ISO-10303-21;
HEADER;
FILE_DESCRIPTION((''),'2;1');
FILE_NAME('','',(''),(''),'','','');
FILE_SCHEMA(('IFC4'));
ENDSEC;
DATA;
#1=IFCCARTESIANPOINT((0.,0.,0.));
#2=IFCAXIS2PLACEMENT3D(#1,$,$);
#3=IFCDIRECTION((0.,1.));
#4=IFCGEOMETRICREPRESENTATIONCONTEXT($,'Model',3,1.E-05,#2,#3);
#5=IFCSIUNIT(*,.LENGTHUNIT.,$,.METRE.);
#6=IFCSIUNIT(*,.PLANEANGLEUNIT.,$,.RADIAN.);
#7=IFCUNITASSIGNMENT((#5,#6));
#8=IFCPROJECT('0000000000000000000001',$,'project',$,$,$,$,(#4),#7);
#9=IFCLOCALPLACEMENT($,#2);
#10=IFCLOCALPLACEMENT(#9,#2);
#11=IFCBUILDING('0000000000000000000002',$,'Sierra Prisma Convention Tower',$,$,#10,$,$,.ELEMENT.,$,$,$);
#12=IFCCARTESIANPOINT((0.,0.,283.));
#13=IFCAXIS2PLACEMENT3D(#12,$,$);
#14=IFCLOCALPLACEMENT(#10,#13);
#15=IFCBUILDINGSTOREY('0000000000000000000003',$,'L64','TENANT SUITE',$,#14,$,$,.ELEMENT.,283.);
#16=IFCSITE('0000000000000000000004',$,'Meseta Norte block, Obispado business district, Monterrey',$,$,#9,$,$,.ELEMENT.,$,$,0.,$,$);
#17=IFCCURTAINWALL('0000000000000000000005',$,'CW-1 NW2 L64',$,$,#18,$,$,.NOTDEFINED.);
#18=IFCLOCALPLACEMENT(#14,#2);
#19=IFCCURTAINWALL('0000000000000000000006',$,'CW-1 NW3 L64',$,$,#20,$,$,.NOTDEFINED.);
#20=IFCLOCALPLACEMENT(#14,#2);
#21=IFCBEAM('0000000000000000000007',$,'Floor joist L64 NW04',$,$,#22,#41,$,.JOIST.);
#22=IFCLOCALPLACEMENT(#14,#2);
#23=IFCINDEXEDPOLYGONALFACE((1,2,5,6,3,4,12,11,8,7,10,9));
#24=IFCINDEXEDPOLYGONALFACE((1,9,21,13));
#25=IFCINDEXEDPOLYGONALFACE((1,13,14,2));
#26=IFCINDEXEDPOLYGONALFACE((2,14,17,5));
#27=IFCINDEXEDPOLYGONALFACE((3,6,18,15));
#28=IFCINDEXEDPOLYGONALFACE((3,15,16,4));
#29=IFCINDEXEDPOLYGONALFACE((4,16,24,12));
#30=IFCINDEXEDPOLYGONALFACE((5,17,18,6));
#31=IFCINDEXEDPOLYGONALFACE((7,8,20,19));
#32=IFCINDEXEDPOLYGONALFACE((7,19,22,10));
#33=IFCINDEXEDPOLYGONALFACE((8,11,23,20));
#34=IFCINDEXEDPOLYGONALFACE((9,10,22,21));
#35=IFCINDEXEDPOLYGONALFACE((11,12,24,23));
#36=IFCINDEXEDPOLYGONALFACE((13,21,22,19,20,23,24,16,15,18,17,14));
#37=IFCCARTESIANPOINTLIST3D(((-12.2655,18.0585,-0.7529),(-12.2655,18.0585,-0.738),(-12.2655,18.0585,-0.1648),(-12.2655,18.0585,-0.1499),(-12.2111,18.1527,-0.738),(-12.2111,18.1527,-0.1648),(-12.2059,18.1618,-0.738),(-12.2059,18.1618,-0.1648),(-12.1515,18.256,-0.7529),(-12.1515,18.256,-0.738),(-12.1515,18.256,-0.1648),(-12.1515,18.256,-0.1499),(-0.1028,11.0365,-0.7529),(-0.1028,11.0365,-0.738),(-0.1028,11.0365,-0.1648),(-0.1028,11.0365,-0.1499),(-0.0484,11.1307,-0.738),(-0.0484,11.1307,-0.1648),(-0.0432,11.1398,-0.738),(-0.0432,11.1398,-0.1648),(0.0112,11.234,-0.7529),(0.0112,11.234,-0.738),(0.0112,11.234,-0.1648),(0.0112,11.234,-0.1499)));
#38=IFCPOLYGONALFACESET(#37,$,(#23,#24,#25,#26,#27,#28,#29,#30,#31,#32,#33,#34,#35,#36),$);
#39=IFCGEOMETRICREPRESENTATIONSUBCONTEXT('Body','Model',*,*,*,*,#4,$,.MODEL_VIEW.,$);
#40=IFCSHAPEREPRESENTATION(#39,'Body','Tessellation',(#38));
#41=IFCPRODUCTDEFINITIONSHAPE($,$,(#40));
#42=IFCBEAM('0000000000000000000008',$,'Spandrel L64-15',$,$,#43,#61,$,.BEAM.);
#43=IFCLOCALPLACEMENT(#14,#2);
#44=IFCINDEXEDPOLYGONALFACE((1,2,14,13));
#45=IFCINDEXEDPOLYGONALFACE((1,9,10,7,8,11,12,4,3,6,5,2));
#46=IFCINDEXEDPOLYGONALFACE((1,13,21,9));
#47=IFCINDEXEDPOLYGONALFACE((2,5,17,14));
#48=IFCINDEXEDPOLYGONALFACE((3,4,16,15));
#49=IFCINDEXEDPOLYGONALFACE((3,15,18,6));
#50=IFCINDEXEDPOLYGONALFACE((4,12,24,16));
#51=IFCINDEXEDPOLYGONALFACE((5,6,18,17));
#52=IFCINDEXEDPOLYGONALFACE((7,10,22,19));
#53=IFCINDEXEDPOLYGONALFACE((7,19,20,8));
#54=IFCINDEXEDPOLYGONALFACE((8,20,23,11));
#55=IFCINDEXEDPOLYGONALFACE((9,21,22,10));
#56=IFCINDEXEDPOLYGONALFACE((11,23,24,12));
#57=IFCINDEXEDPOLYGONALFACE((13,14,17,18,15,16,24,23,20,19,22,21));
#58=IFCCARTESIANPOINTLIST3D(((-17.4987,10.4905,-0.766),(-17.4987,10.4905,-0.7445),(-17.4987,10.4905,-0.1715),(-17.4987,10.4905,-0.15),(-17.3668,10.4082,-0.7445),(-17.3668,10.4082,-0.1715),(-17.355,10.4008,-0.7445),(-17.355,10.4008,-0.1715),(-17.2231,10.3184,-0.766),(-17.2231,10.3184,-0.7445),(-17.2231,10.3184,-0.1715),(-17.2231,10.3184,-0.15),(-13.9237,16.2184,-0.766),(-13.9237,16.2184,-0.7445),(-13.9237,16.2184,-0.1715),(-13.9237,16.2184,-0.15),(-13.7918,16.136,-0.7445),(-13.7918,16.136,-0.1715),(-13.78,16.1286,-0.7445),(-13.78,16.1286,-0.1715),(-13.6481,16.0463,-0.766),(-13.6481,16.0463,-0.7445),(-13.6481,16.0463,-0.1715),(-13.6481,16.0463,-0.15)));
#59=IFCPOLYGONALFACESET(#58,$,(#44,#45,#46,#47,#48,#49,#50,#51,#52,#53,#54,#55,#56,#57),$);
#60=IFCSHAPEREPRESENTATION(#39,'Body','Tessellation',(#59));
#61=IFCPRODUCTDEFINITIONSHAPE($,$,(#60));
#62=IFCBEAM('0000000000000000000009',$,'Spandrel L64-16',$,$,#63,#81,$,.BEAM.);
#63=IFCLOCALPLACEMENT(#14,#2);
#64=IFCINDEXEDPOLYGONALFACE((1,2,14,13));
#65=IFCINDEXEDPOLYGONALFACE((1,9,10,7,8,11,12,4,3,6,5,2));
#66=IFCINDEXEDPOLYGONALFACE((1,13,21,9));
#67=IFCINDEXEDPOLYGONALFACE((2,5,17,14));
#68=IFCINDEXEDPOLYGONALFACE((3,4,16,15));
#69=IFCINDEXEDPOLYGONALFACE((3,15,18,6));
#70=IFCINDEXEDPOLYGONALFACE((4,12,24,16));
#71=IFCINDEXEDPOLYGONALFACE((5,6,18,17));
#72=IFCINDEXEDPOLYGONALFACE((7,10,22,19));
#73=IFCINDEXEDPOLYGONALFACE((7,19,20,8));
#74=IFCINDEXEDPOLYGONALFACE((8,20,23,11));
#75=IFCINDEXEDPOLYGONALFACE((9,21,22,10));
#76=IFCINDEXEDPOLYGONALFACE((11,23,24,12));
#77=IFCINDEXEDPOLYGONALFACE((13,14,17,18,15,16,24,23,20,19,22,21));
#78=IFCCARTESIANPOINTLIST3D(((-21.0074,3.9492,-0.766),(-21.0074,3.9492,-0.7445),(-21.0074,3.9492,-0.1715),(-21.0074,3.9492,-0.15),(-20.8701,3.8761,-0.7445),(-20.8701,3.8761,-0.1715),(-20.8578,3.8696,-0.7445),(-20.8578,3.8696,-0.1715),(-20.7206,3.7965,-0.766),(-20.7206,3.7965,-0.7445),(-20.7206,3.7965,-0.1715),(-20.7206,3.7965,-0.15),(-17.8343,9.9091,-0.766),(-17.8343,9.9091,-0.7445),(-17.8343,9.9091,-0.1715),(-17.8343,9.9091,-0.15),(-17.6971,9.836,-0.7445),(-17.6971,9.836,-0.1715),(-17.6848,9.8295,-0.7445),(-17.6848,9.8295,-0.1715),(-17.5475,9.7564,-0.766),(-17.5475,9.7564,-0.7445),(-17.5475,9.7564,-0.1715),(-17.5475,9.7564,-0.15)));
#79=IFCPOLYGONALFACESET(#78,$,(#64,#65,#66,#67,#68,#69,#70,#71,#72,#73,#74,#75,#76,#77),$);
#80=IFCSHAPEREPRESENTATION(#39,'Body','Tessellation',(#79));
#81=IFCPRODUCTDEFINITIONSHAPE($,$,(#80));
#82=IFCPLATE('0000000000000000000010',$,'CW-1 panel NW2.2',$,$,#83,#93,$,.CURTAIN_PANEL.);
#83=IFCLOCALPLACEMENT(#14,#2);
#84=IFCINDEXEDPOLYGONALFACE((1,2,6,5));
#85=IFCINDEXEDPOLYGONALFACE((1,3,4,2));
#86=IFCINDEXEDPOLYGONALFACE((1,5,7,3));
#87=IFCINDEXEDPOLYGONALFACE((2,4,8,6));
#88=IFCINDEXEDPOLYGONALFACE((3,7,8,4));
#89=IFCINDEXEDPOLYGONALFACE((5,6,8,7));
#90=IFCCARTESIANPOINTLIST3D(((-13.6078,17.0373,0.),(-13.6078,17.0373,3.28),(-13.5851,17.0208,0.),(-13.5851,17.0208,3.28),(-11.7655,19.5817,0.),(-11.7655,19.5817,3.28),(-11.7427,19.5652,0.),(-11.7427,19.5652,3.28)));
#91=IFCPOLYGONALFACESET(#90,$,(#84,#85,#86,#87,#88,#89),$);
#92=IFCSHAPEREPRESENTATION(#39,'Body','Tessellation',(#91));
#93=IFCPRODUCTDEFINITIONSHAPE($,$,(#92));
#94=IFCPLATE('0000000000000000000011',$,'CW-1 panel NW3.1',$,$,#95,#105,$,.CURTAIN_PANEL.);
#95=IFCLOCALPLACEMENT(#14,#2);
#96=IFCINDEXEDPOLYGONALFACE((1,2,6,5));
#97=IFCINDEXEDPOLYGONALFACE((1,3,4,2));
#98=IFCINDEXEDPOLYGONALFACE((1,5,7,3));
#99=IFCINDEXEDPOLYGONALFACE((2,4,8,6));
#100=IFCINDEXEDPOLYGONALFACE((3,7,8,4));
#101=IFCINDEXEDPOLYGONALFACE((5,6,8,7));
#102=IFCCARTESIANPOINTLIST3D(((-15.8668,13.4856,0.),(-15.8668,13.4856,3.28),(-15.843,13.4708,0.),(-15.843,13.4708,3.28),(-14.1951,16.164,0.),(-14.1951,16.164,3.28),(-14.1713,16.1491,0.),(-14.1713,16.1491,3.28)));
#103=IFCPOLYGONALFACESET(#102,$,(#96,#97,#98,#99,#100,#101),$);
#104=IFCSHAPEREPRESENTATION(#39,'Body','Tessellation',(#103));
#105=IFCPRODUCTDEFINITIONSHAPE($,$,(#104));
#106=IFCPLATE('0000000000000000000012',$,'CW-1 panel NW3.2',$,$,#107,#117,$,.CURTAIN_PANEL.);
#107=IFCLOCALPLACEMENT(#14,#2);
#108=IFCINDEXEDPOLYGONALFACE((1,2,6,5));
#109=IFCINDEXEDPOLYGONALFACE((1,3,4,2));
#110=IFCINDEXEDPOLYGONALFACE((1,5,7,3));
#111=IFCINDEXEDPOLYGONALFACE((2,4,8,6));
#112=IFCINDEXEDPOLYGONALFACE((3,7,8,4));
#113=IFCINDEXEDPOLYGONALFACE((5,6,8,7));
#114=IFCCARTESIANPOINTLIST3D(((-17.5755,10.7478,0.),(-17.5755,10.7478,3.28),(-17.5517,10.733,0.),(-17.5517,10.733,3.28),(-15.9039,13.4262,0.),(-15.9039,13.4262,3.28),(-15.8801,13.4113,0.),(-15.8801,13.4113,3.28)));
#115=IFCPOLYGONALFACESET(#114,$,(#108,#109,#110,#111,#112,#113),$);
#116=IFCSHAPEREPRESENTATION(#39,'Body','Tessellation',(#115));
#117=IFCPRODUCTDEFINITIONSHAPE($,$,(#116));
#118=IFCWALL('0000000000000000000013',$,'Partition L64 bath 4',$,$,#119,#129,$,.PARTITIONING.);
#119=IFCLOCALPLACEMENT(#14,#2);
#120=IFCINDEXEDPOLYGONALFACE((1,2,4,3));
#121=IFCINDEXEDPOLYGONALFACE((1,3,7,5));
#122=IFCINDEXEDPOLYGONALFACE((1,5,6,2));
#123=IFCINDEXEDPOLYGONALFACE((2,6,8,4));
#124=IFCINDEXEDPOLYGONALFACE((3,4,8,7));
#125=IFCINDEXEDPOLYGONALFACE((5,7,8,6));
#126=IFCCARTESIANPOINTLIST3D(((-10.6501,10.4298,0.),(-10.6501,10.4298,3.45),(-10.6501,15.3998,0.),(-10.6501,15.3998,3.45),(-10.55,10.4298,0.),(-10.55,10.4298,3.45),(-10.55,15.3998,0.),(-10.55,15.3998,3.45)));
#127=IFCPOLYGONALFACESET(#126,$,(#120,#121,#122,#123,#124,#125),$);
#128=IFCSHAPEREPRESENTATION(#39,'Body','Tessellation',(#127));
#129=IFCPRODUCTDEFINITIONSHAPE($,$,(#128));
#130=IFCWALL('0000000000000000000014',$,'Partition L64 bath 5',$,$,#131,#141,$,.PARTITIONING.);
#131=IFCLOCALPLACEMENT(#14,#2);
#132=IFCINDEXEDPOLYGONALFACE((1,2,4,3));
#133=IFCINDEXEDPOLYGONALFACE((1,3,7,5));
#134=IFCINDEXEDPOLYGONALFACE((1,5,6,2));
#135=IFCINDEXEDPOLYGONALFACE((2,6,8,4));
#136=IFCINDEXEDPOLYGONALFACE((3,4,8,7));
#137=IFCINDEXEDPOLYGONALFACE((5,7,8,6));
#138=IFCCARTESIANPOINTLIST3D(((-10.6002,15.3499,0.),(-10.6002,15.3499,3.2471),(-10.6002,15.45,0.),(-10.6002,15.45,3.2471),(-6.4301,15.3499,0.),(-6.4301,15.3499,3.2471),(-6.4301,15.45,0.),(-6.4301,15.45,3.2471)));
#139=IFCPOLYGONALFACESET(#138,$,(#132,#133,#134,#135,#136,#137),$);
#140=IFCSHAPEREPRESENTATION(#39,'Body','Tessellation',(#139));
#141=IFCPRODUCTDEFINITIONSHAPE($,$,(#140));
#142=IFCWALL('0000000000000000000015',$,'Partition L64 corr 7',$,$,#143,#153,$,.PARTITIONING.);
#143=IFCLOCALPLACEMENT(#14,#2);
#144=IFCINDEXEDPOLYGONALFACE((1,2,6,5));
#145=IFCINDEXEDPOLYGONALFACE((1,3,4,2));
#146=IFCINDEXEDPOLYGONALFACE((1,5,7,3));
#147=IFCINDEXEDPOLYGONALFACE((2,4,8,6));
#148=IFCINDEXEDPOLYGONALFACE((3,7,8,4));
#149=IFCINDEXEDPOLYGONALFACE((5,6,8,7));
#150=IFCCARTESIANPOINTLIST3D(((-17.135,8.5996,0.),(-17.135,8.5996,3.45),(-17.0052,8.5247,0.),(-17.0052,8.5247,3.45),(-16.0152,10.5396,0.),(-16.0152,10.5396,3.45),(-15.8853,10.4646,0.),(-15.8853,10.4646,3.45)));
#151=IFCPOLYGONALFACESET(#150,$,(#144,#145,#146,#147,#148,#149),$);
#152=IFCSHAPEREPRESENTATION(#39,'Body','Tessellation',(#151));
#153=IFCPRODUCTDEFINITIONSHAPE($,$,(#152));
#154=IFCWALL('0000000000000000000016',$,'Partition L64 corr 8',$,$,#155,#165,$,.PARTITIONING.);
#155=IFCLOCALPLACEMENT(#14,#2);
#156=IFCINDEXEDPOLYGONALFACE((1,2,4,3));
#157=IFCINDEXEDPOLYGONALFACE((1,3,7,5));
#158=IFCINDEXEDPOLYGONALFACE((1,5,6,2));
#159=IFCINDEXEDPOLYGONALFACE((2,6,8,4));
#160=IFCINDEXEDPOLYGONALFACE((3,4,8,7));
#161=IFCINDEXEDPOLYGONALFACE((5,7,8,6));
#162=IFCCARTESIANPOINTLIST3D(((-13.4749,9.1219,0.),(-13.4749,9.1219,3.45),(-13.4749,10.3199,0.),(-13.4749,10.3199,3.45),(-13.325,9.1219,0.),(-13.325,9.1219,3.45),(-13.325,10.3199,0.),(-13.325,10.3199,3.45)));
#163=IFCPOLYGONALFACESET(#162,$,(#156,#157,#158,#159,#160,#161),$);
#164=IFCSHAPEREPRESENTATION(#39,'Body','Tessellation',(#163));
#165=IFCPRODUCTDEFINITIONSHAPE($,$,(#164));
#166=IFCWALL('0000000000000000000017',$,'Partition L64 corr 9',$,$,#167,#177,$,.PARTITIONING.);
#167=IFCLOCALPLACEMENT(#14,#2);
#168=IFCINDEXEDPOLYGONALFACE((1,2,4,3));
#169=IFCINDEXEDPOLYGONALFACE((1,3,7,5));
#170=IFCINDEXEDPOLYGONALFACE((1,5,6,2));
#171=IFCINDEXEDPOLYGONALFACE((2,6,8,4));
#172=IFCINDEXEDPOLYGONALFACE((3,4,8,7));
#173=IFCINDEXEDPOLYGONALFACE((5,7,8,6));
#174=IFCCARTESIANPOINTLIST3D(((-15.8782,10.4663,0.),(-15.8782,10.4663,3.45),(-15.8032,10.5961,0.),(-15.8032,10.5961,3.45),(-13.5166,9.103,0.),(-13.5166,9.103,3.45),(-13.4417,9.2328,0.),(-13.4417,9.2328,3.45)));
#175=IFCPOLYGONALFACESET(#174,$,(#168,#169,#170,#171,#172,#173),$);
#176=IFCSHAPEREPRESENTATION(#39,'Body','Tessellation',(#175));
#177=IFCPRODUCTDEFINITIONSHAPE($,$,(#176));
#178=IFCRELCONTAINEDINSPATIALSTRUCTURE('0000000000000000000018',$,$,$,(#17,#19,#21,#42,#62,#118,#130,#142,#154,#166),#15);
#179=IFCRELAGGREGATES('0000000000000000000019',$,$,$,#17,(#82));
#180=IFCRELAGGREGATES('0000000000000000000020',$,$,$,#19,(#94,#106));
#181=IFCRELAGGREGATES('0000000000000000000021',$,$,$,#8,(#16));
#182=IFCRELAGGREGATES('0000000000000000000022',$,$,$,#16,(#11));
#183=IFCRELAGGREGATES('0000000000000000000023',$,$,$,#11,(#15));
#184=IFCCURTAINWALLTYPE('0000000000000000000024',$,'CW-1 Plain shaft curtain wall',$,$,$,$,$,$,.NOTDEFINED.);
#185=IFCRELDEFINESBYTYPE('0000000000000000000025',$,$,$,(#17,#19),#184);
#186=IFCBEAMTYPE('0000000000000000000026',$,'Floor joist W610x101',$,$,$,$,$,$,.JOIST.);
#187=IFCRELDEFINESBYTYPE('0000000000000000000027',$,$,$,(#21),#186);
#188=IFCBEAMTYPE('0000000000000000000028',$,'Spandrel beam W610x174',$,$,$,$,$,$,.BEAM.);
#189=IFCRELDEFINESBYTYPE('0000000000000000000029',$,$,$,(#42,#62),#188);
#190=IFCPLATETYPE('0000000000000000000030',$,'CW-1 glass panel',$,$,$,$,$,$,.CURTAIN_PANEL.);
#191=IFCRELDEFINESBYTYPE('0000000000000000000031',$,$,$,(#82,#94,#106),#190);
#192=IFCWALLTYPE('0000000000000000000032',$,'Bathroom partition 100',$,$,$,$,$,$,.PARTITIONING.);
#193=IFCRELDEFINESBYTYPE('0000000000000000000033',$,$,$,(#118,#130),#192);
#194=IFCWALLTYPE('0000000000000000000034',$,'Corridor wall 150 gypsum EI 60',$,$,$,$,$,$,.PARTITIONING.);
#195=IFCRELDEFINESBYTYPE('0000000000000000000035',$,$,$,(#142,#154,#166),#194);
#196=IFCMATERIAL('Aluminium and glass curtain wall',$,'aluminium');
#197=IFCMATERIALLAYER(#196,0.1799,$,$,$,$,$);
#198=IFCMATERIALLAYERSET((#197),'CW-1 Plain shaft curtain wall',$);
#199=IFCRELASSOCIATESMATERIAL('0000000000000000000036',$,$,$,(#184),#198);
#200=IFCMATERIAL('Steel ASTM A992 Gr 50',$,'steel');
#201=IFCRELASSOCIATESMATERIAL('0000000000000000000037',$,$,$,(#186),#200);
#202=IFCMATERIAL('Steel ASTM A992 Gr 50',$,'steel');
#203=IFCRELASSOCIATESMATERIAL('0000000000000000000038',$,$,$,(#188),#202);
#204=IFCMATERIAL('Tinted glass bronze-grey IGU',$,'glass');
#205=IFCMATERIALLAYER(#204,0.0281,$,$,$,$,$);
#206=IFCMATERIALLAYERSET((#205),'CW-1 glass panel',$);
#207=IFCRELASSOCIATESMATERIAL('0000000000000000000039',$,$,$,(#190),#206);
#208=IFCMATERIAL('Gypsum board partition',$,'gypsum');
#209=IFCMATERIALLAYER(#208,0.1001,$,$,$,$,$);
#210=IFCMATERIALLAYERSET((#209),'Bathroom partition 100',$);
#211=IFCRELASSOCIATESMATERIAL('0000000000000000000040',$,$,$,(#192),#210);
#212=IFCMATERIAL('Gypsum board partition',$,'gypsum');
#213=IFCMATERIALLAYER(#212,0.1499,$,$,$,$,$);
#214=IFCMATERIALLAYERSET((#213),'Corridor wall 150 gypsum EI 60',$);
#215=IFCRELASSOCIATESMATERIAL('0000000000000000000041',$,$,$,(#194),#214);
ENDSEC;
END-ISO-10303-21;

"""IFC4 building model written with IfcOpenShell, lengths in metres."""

from ifc_helpers import new_model, si_unit, direction, frame, frame_2d, origin, origin_2d, place, context, subcontext, project, spatial, rectangle, i_section, extrude, material, layer, layer_set, material_profile, profile_set, type_object, element, aggregate, save


model = new_model("IFC4")

# Units and contexts
model_context = context("Model", 3, precision=1e-05, world=origin(), true_north=direction((0.0, 1.0)))
body_context = subcontext(model_context, "Body", "Model", "MODEL_VIEW")
ifc_project = project(units=[si_unit("LENGTHUNIT", "METRE"), si_unit("PLANEANGLEUNIT", "RADIAN")], contexts=[model_context])

# Site, building, storey
site_placement = place(None, origin())
site = spatial("IfcSite", under=ifc_project, at=site_placement, Name="Meseta Norte block, Obispado business district, Monterrey", CompositionType="ELEMENT", RefElevation=0.0)
building_placement = place(site_placement, origin())
building = spatial("IfcBuilding", under=site, at=building_placement, Name="Sierra Prisma Convention Tower", CompositionType="ELEMENT")
storey_placement = place(building_placement, frame((0.0, 0.0, 283.0)))
storey = spatial("IfcBuildingStorey", under=building, at=storey_placement, Name="L64", Description="TENANT SUITE", CompositionType="ELEMENT", Elevation=283.0)

# Curtain wall
ifc_material_1 = material(Name="Aluminium and glass curtain wall", Category="aluminium")
ifc_layer_1 = layer(ifc_material_1, 0.1799)
ifc_layer_set_1 = layer_set([ifc_layer_1], Name="CW-1 Plain shaft curtain wall")
curtain_wall_type = type_object("IfcCurtainWallType", Name="CW-1 Plain shaft curtain wall", PredefinedType="NOTDEFINED", material=ifc_layer_set_1)
curtain_wall_1_placement = place(storey_placement, origin())
curtain_wall_1 = element("IfcCurtainWall", 1, at=curtain_wall_1_placement, inside=storey, type_object=curtain_wall_type, Name="CW-1 NW2 L64", PredefinedType="NOTDEFINED")

# Curtain wall
curtain_wall_2_placement = place(storey_placement, origin())
curtain_wall_2 = element("IfcCurtainWall", 2, at=curtain_wall_2_placement, inside=storey, type_object=curtain_wall_type, Name="CW-1 NW3 L64", PredefinedType="NOTDEFINED")

# Beams
ifc_material_2 = material(Name="Steel ASTM A992 Gr 50", Category="steel")
ifc_material_profile_1 = material_profile(ifc_material_2, i_section(OverallWidth=0.228, OverallDepth=0.603, WebThickness=0.0105, FlangeThickness=0.0149, at=origin_2d()), Name="W610x101")
ifc_profile_set_1 = profile_set([ifc_material_profile_1], Name="Steel ASTM A992 Gr 50")
beam_type_1 = type_object("IfcBeamType", Name="Floor joist W610x101", PredefinedType="JOIST", material=ifc_profile_set_1)
beam_1_placement = place(storey_placement, frame((-12.2085, 18.1572, -0.4514), z_axis=(0.866029, -0.499994, 0.0), x_axis=(0.499994, 0.866029, 0.0)))
element("IfcBeam", 3, at=beam_1_placement, inside=storey, type_object=beam_type_1, Name="Floor joist L64 NW04", PredefinedType="JOIST", context=body_context, shape_type="SweptSolid", body=[
    extrude(i_section(OverallWidth=0.228, OverallDepth=0.603, WebThickness=0.0105, FlangeThickness=0.0149, at=origin_2d()), origin(), (0.0, 0.0, 1.0), 14.0442),
])
ifc_material_3 = material(Name="Steel ASTM A992 Gr 50", Category="steel")
ifc_material_profile_2 = material_profile(ifc_material_3, i_section(OverallWidth=0.325, OverallDepth=0.616, WebThickness=0.0139, FlangeThickness=0.0215, at=origin_2d()), Name="W610x174")
ifc_profile_set_2 = profile_set([ifc_material_profile_2], Name="Steel ASTM A992 Gr 50")
beam_type_2 = type_object("IfcBeamType", Name="Spandrel beam W610x174", PredefinedType="BEAM", material=ifc_profile_set_2)
for number, where, z_axis, x_axis, name in (
    (4, (-13.7859, 16.1323, -0.458), (-0.529476, -0.848325, 0.0), (0.848325, -0.529476, 0.0), "Spandrel L64-15"),
    (5, (-17.6909, 9.8328, -0.458), (-0.469948, -0.882694, 0.0), (0.882694, -0.469948, 0.0), "Spandrel L64-16"),
):
    element("IfcBeam", number, at=place(storey_placement, frame(where, z_axis=z_axis, x_axis=x_axis)), inside=storey, type_object=beam_type_2, Name=name, PredefinedType="BEAM", context=body_context, shape_type="SweptSolid", body=[
        extrude(i_section(OverallWidth=0.325, OverallDepth=0.616, WebThickness=0.0139, FlangeThickness=0.0215, at=origin_2d()), origin(), (0.0, 0.0, 1.0), 6.752),
    ])

# Plates
ifc_material_4 = material(Name="Tinted glass bronze-grey IGU", Category="glass")
ifc_layer_2 = layer(ifc_material_4, 0.0281)
ifc_layer_set_2 = layer_set([ifc_layer_2], Name="CW-1 glass panel")
plate_type = type_object("IfcPlateType", Name="CW-1 glass panel", PredefinedType="CURTAIN_PANEL", material=ifc_layer_set_2)
plate_1_placement = place(storey_placement, frame((-12.6753, 18.3013, 0.0), z_axis=(0.0, 0.0, 1.0), x_axis=(-0.586484, -0.809961, 0.0)))
plate_1 = element("IfcPlate", 6, at=plate_1_placement, type_object=plate_type, Name="CW-1 panel NW2.2", PredefinedType="CURTAIN_PANEL", context=body_context, shape_type="SweptSolid", body=[
    extrude(rectangle(XDim=3.1414, YDim=0.0281, at=origin_2d()), origin(), (0.0, 0.0, 1.0), 3.28),
])
aggregate(curtain_wall_1, [plate_1])
plate_2_placement = place(storey_placement, frame((-15.019, 14.8174, 0.0), z_axis=(0.0, 0.0, 1.0), x_axis=(-0.529465, -0.848332, 0.0)))
plate_2 = element("IfcPlate", 7, at=plate_2_placement, type_object=plate_type, Name="CW-1 panel NW3.1", PredefinedType="CURTAIN_PANEL", context=body_context, shape_type="SweptSolid", body=[
    extrude(rectangle(XDim=3.1572, YDim=0.0281, at=origin_2d()), origin(), (0.0, 0.0, 1.0), 3.28),
])
plate_3_placement = place(storey_placement, frame((-16.7278, 12.0796, 0.0), z_axis=(0.0, 0.0, 1.0), x_axis=(-0.529465, -0.848332, 0.0)))
plate_3 = element("IfcPlate", 8, at=plate_3_placement, type_object=plate_type, Name="CW-1 panel NW3.2", PredefinedType="CURTAIN_PANEL", context=body_context, shape_type="SweptSolid", body=[
    extrude(rectangle(XDim=3.1572, YDim=0.0281, at=origin_2d()), origin(), (0.0, 0.0, 1.0), 3.28),
])
aggregate(curtain_wall_2, [plate_2, plate_3])

# Walls
ifc_material_5 = material(Name="Gypsum board partition", Category="gypsum")
ifc_layer_3 = layer(ifc_material_5, 0.1001)
ifc_layer_set_3 = layer_set([ifc_layer_3], Name="Bathroom partition 100")
wall_type_1 = type_object("IfcWallType", Name="Bathroom partition 100", PredefinedType="PARTITIONING", material=ifc_layer_set_3)
wall_1_placement = place(storey_placement, frame((-10.6001, 10.4299, 0.0), z_axis=(0.0, 0.0, 1.0), x_axis=(0.0, 1.0, 0.0)))
element("IfcWall", 9, at=wall_1_placement, inside=storey, type_object=wall_type_1, Name="Partition L64 bath 4", PredefinedType="PARTITIONING", context=body_context, shape_type="SweptSolid", body=[
    extrude(rectangle(XDim=4.97, YDim=0.1001, at=frame_2d((2.4849, 0.0))), origin(), (0.0, 0.0, 1.0), 3.45),
])
wall_2_placement = place(storey_placement, frame((-10.6001, 15.3999, 0.0), z_axis=(0.0, 0.0, 1.0), x_axis=(1.0, 0.0, 0.0)))
element("IfcWall", 10, at=wall_2_placement, inside=storey, type_object=wall_type_1, Name="Partition L64 bath 5", PredefinedType="PARTITIONING", context=body_context, shape_type="SweptSolid", body=[
    extrude(rectangle(XDim=4.1702, YDim=0.1001, at=frame_2d((2.085, 0.0))), origin(), (0.0, 0.0, 1.0), 3.2471),
])
ifc_material_6 = material(Name="Gypsum board partition", Category="gypsum")
ifc_layer_4 = layer(ifc_material_6, 0.1499)
ifc_layer_set_4 = layer_set([ifc_layer_4], Name="Corridor wall 150 gypsum EI 60")
wall_type_2 = type_object("IfcWallType", Name="Corridor wall 150 gypsum EI 60", PredefinedType="PARTITIONING", material=ifc_layer_set_4)
wall_3_placement = place(storey_placement, frame((-15.9502, 10.5022, 0.0), z_axis=(0.0, 0.0, 1.0), x_axis=(-0.499949, -0.866055, 0.0)))
element("IfcWall", 11, at=wall_3_placement, inside=storey, type_object=wall_type_2, Name="Partition L64 corr 7", PredefinedType="PARTITIONING", context=body_context, shape_type="SweptSolid", body=[
    extrude(rectangle(XDim=2.24, YDim=0.1499, at=frame_2d((1.1201, 0.0))), origin(), (0.0, 0.0, 1.0), 3.45),
])
wall_4_placement = place(storey_placement, frame((-13.3999, 10.3201, 0.0), z_axis=(0.0, 0.0, 1.0), x_axis=(0.0, -1.0, 0.0)))
element("IfcWall", 12, at=wall_4_placement, inside=storey, type_object=wall_type_2, Name="Partition L64 corr 8", PredefinedType="PARTITIONING", context=body_context, shape_type="SweptSolid", body=[
    extrude(rectangle(XDim=1.198, YDim=0.1499, at=frame_2d((0.5991, 0.0))), origin(), (0.0, 0.0, 1.0), 3.45),
])
wall_5_placement = place(storey_placement, frame((-13.4792, 9.168, 0.0), z_axis=(0.0, 0.0, 1.0), x_axis=(-0.866053, 0.499952, 0.0)))
element("IfcWall", 13, at=wall_5_placement, inside=storey, type_object=wall_type_2, Name="Partition L64 corr 9", PredefinedType="PARTITIONING", context=body_context, shape_type="SweptSolid", body=[
    extrude(rectangle(XDim=2.7268, YDim=0.1499, at=frame_2d((1.3633, 0.0))), origin(), (0.0, 0.0, 1.0), 3.45),
])

save(model, "model.ifc")
